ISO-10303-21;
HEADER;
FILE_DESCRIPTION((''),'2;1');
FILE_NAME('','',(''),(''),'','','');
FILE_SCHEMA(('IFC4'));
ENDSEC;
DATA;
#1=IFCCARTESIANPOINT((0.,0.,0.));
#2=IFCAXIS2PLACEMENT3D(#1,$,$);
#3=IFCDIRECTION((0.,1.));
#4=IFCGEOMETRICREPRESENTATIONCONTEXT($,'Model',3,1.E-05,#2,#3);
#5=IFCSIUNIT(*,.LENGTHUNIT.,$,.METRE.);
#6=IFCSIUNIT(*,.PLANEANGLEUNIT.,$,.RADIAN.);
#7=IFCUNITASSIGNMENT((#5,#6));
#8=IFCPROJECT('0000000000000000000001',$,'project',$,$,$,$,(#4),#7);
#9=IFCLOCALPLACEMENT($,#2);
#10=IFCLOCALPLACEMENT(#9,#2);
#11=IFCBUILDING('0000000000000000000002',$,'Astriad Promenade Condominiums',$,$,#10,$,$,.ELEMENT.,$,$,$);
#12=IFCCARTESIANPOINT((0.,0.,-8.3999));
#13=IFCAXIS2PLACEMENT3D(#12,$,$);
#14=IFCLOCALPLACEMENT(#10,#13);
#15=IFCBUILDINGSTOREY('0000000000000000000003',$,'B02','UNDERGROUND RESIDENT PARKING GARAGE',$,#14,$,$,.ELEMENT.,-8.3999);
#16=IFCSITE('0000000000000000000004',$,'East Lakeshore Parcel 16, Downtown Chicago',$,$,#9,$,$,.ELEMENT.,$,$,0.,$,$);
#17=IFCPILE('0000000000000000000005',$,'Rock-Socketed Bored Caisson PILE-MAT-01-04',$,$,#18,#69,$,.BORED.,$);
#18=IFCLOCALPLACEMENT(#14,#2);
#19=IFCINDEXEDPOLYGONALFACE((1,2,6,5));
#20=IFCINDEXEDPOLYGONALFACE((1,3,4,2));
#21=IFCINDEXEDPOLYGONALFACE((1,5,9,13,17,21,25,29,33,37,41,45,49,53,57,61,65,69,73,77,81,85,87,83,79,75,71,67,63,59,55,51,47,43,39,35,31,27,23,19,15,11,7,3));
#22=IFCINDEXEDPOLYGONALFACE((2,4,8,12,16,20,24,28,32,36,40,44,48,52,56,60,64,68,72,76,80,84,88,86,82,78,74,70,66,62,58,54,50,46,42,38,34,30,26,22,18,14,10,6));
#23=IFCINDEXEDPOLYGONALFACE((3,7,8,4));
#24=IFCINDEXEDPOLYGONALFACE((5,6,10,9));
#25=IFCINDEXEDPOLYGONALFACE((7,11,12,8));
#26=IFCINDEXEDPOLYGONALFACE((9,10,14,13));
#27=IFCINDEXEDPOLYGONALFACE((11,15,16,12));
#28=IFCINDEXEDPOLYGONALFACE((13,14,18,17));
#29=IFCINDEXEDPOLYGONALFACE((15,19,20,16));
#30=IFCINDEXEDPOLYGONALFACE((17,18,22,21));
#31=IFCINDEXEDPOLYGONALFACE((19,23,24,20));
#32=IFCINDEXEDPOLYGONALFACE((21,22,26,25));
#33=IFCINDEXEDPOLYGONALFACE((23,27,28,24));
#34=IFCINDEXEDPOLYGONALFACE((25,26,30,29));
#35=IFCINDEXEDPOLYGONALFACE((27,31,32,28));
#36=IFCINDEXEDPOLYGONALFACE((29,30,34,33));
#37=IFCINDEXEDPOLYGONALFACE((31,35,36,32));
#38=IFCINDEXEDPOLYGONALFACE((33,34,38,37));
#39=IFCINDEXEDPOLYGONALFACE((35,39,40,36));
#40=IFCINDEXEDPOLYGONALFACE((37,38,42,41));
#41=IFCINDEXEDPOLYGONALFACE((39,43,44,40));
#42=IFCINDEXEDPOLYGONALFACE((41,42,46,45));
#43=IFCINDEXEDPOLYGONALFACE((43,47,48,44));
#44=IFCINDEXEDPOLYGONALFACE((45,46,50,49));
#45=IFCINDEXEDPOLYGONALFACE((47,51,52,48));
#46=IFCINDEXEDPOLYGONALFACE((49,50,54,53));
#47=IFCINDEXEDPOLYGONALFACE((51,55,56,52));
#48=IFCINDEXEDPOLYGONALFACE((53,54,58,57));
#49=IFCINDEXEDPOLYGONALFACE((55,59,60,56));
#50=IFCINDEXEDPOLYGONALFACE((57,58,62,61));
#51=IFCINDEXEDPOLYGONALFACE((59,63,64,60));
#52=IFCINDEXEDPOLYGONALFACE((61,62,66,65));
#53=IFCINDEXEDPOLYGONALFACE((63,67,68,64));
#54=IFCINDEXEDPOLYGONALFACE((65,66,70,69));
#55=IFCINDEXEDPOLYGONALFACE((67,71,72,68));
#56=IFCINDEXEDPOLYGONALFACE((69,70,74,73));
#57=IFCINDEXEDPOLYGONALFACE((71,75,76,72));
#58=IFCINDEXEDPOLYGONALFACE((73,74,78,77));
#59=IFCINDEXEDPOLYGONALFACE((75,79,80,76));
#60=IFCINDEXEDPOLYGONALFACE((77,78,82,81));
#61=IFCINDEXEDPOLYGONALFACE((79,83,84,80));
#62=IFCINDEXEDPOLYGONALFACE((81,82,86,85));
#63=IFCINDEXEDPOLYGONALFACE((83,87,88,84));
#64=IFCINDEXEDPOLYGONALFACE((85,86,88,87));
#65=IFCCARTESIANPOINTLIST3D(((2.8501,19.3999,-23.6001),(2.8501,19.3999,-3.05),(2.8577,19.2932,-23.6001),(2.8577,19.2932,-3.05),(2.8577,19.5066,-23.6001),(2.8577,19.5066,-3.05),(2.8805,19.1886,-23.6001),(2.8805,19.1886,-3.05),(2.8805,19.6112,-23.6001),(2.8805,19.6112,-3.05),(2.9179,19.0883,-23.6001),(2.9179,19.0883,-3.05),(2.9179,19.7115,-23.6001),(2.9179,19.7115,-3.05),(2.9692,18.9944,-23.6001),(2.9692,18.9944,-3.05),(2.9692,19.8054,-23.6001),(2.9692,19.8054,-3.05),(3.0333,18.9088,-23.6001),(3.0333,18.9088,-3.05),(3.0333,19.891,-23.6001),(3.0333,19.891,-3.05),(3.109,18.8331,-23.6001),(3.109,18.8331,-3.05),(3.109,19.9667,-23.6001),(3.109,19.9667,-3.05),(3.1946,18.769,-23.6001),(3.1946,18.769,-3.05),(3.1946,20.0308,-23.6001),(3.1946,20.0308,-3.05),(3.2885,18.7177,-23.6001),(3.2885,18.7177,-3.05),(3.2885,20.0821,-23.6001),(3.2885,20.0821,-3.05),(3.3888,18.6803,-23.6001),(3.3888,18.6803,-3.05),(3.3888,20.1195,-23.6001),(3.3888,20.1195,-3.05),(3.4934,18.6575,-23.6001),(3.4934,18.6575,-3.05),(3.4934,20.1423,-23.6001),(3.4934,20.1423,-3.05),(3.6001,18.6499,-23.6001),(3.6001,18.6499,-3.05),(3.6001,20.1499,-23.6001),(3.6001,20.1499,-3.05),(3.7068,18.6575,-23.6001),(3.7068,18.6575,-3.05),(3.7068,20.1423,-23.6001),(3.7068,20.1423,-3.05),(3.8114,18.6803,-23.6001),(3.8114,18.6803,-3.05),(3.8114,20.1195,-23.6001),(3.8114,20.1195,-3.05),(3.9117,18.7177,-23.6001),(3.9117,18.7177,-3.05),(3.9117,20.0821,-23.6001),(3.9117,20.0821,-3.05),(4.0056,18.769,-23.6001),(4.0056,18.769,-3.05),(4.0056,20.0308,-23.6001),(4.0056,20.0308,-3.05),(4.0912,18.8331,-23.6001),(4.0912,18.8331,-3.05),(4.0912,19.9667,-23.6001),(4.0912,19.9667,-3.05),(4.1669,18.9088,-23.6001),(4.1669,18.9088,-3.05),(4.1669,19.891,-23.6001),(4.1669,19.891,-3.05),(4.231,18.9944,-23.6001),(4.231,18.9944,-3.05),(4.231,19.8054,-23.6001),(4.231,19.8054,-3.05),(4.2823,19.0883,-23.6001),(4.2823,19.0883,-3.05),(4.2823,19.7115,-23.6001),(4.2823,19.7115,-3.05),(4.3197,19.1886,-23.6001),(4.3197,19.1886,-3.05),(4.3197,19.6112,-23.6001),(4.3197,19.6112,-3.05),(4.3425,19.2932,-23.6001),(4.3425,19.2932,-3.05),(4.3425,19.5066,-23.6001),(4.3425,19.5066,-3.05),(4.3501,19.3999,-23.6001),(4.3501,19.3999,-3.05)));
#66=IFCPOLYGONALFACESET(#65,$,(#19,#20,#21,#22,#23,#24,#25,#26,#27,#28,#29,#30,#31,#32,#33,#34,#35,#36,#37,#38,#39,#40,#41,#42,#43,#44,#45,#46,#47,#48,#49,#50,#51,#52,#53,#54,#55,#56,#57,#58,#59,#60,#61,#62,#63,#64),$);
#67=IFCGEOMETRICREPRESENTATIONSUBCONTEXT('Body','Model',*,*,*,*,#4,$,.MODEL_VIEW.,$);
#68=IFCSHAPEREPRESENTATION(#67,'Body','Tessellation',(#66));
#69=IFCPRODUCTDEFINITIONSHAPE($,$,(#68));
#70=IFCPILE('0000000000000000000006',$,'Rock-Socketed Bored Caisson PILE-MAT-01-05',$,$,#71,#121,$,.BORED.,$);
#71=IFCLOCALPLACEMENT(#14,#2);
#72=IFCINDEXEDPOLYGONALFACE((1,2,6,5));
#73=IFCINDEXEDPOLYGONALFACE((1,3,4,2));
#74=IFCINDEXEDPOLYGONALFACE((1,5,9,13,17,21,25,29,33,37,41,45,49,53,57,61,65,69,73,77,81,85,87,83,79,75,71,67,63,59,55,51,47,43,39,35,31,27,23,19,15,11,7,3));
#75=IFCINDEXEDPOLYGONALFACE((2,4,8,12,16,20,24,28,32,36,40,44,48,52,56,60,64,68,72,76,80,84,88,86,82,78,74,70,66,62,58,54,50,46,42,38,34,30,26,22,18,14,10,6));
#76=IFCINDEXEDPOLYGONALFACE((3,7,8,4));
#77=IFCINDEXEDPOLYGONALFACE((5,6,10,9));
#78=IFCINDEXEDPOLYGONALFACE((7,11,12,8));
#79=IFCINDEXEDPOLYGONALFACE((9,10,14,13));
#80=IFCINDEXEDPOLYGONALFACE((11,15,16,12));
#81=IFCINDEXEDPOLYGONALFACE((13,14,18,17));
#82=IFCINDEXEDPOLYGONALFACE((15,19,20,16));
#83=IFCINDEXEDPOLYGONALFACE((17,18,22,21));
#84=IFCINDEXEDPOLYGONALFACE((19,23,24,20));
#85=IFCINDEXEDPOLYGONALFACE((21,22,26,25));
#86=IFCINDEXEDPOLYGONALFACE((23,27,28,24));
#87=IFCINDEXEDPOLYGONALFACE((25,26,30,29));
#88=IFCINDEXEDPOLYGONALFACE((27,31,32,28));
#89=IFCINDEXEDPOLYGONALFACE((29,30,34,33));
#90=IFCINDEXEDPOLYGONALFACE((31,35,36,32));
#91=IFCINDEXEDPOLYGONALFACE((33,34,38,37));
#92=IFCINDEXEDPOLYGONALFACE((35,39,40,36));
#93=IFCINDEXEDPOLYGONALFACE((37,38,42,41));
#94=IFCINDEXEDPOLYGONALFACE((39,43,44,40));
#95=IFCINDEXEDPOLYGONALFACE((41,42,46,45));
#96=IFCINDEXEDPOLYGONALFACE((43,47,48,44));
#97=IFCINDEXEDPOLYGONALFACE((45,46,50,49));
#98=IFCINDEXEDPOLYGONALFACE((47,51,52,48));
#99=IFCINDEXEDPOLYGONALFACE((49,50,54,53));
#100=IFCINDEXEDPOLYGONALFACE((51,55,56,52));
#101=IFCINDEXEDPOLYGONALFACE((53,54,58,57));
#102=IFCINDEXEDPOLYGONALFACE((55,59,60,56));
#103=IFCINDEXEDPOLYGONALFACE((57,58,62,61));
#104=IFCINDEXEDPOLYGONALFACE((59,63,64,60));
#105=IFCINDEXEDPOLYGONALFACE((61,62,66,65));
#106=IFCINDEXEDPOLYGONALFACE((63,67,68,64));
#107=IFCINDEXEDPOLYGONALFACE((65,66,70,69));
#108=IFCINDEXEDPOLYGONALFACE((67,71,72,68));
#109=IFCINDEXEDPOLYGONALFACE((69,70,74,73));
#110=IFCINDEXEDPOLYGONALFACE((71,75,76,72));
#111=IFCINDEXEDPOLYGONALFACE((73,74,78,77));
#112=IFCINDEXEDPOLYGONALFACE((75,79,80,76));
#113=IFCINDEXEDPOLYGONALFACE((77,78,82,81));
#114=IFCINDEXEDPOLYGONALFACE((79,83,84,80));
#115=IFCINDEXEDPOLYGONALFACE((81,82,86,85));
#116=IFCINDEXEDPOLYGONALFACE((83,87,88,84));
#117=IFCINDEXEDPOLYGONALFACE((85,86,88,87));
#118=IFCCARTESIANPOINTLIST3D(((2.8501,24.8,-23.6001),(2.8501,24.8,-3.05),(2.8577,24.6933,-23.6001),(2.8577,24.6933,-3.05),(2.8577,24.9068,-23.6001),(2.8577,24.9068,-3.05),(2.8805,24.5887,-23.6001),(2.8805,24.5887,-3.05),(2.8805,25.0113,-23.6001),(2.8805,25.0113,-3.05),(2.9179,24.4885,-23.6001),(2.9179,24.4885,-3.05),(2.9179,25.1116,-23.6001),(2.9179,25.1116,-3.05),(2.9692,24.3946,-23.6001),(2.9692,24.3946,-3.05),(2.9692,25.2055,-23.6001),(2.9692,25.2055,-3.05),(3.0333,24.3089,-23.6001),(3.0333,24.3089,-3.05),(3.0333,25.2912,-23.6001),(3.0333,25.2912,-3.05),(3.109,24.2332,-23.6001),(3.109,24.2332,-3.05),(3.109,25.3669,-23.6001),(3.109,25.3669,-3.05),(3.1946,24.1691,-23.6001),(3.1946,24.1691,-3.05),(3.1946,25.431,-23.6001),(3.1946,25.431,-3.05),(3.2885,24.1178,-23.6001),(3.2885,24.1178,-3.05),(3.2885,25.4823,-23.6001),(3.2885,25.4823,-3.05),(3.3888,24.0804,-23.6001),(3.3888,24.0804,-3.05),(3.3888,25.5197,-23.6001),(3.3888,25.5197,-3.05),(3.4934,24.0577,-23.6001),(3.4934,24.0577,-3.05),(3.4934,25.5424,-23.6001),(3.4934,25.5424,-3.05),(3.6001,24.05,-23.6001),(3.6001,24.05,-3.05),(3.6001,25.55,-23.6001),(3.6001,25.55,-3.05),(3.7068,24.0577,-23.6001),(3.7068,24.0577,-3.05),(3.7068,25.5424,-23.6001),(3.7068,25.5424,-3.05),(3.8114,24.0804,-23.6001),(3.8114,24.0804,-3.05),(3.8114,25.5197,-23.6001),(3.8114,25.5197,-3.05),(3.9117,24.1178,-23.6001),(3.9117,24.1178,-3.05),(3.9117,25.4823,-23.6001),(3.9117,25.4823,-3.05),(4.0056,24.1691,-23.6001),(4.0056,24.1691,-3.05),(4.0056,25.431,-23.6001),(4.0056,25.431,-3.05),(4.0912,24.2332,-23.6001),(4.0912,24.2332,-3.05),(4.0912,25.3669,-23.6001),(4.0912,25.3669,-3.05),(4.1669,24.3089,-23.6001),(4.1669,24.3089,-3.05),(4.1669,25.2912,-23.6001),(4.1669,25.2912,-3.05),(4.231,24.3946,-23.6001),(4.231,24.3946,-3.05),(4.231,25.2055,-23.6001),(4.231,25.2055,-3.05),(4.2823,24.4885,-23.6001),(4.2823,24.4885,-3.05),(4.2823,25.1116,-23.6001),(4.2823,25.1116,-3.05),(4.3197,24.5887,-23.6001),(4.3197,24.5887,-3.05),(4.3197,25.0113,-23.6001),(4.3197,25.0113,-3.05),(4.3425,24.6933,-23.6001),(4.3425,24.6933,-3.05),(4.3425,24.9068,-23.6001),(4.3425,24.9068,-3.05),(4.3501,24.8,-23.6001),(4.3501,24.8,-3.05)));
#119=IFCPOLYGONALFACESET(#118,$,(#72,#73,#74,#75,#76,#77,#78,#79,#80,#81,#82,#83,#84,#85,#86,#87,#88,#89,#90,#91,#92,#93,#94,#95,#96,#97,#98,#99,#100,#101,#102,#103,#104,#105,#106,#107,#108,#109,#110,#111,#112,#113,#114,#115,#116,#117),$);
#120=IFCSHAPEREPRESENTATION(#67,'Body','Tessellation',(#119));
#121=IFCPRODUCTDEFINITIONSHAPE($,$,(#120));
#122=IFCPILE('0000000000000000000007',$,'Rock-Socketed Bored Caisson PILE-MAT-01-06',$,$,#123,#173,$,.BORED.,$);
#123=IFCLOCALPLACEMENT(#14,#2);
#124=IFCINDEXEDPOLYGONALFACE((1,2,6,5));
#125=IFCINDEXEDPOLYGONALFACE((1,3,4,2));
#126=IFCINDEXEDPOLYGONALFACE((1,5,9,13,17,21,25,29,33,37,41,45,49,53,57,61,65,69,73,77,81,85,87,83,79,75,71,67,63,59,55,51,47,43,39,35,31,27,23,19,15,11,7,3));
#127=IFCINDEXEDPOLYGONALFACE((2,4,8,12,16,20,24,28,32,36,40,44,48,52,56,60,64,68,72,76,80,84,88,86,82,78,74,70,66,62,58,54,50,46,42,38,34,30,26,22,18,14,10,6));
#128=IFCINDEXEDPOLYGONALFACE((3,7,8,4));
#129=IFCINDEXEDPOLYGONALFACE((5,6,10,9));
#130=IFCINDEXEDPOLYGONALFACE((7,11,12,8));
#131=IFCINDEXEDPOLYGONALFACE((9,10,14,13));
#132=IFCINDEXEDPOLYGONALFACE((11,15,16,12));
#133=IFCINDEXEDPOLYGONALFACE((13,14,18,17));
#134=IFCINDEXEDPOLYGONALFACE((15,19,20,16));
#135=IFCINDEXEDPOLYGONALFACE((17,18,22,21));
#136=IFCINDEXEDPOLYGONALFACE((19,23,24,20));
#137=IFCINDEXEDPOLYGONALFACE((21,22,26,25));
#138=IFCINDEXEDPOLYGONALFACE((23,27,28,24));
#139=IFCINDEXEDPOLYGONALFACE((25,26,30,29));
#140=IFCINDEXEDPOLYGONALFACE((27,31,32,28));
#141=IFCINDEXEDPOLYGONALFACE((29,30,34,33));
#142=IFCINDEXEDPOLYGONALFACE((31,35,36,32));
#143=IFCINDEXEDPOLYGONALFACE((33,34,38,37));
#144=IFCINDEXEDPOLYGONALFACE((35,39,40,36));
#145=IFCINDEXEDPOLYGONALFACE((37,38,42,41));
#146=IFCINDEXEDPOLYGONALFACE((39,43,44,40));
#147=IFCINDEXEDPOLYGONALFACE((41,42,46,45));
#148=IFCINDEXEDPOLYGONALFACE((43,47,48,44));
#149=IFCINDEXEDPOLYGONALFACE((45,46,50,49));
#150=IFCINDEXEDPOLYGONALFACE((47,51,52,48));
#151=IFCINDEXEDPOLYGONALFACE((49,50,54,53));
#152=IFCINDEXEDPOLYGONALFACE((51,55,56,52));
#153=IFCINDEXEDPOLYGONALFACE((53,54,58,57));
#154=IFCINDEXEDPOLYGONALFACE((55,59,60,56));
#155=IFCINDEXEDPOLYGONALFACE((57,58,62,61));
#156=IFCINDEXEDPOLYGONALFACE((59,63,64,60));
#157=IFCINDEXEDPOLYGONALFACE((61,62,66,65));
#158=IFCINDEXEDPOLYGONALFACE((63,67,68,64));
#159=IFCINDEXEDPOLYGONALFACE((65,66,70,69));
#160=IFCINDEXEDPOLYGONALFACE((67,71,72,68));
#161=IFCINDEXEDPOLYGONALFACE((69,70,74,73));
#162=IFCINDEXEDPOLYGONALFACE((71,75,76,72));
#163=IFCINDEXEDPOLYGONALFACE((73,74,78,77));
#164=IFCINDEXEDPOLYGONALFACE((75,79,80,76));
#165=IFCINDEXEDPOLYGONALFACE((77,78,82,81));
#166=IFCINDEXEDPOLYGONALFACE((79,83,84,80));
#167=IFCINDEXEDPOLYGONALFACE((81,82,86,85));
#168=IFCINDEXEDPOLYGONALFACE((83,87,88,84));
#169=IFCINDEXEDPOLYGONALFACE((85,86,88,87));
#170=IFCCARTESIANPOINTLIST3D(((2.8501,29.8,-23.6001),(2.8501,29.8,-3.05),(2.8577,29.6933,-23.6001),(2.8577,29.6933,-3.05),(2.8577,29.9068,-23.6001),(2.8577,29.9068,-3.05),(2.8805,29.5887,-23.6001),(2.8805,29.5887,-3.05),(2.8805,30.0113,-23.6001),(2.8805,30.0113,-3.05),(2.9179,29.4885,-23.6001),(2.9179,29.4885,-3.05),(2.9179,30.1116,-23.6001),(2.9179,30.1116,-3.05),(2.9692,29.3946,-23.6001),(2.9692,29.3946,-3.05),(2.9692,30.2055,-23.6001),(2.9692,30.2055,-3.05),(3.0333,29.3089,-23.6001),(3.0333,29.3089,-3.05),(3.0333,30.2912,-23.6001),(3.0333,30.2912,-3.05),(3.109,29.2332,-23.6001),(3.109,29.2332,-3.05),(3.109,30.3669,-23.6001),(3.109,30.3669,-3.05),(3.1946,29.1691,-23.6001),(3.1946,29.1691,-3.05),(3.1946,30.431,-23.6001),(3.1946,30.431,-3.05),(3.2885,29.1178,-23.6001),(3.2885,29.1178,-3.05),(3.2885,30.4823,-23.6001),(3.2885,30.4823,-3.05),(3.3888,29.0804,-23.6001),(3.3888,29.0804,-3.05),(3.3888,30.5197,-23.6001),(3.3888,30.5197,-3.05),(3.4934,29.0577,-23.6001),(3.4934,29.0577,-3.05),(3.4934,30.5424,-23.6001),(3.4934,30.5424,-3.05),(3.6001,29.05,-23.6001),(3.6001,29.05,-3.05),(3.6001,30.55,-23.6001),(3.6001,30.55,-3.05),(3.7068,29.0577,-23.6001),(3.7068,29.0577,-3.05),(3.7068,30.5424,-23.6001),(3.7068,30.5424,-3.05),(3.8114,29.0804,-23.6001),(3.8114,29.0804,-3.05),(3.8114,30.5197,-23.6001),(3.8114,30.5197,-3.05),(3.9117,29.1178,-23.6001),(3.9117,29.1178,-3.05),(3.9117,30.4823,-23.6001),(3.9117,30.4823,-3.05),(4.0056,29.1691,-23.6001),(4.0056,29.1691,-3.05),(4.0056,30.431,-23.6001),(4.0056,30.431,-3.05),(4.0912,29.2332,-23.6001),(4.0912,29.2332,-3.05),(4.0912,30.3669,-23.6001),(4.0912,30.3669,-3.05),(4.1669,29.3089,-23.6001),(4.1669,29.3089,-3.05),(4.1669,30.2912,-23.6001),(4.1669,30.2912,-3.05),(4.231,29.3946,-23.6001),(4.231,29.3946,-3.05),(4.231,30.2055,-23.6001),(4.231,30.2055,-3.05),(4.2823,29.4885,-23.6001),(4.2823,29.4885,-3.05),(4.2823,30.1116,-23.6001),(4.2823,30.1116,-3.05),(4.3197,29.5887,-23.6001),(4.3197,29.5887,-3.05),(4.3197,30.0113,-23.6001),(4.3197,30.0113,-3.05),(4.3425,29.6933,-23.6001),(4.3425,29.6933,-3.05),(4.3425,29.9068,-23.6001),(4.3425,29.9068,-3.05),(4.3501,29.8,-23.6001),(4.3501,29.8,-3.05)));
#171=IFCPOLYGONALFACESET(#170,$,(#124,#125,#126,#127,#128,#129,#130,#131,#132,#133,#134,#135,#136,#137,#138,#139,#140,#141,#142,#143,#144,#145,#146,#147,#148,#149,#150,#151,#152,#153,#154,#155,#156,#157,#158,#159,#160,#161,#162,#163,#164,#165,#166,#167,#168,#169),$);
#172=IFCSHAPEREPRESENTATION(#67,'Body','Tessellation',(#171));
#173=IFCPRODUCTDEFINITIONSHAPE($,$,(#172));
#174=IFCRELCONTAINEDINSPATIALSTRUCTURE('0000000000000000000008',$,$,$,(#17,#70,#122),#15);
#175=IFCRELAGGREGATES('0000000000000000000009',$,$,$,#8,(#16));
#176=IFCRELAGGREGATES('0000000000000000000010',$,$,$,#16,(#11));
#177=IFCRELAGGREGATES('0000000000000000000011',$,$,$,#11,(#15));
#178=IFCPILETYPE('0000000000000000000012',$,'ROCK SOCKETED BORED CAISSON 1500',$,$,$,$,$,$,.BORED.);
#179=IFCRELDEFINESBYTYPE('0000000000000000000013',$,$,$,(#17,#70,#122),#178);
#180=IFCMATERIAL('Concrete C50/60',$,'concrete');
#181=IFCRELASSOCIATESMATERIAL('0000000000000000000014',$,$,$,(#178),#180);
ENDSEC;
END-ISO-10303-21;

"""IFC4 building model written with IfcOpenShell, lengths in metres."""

from ifc_helpers import new_model, si_unit, direction, frame, origin, origin_2d, place, context, subcontext, project, spatial, circle, extrude, source, transform, mapped, material, material_profile, profile_set, type_object, type_shapes, element, save


model = new_model("IFC4")

# Units and contexts
model_context = context("Model", 3, precision=1e-05, world=origin(), true_north=direction((0.0, 1.0)))
body_context = subcontext(model_context, "Body", "Model", "MODEL_VIEW")
ifc_project = project(units=[si_unit("LENGTHUNIT", "METRE"), si_unit("PLANEANGLEUNIT", "RADIAN")], contexts=[model_context])

# Site, building, storey
site_placement = place(None, origin())
site = spatial("IfcSite", under=ifc_project, at=site_placement, Name="East Lakeshore Parcel 16, Downtown Chicago", CompositionType="ELEMENT", RefElevation=0.0)
building_placement = place(site_placement, origin())
building = spatial("IfcBuilding", under=site, at=building_placement, Name="Astriad Promenade Condominiums", CompositionType="ELEMENT")
storey_placement = place(building_placement, frame((0.0, 0.0, -8.3999)))
storey = spatial("IfcBuildingStorey", under=building, at=storey_placement, Name="B02", Description="UNDERGROUND RESIDENT PARKING GARAGE", CompositionType="ELEMENT", Elevation=-8.3999)

# Piles
ifc_material_1 = material(Name="Concrete C50/60", Category="concrete")
ifc_material_profile_1 = material_profile(ifc_material_1, circle(Radius=0.75, at=origin_2d()), Name="CAISSON-D1500")
ifc_profile_set_1 = profile_set([ifc_material_profile_1], Name="Concrete C50/60")
pile_type_1 = type_object("IfcPileType", Name="ROCK SOCKETED BORED CAISSON 1500", PredefinedType="BORED", material=ifc_profile_set_1)
shared_shape_1 = source(origin(), body_context, "Body", "SweptSolid", [
    extrude(circle(Radius=0.75, at=origin_2d()), origin(), (0.0, 0.0, 1.0), 20.55),
])
type_shapes(pile_type_1, [shared_shape_1])
for number, where, z_axis, x_axis, name in (
    (1, (3.6001, 19.3999, -3.05), (0.0, 0.0, -1.0), (1.0, 0.0, 0.0), "Rock-Socketed Bored Caisson PILE-MAT-01-04"),
    (2, (3.6001, 24.8, -3.05), (0.0, 0.0, -1.0), (1.0, 0.0, 0.0), "Rock-Socketed Bored Caisson PILE-MAT-01-05"),
    (3, (3.6001, 29.8, -3.05), (0.0, 0.0, -1.0), (1.0, 0.0, 0.0), "Rock-Socketed Bored Caisson PILE-MAT-01-06"),
):
    element("IfcPile", number, at=place(storey_placement, frame(where, z_axis=z_axis, x_axis=x_axis)), inside=storey, type_object=pile_type_1, Name=name, PredefinedType="BORED", context=body_context, shape_type="MappedRepresentation", body=[
        mapped(shared_shape_1, transform((0.0, 0.0, 0.0), scale=1.0)),
    ])

save(model, "model.ifc")
